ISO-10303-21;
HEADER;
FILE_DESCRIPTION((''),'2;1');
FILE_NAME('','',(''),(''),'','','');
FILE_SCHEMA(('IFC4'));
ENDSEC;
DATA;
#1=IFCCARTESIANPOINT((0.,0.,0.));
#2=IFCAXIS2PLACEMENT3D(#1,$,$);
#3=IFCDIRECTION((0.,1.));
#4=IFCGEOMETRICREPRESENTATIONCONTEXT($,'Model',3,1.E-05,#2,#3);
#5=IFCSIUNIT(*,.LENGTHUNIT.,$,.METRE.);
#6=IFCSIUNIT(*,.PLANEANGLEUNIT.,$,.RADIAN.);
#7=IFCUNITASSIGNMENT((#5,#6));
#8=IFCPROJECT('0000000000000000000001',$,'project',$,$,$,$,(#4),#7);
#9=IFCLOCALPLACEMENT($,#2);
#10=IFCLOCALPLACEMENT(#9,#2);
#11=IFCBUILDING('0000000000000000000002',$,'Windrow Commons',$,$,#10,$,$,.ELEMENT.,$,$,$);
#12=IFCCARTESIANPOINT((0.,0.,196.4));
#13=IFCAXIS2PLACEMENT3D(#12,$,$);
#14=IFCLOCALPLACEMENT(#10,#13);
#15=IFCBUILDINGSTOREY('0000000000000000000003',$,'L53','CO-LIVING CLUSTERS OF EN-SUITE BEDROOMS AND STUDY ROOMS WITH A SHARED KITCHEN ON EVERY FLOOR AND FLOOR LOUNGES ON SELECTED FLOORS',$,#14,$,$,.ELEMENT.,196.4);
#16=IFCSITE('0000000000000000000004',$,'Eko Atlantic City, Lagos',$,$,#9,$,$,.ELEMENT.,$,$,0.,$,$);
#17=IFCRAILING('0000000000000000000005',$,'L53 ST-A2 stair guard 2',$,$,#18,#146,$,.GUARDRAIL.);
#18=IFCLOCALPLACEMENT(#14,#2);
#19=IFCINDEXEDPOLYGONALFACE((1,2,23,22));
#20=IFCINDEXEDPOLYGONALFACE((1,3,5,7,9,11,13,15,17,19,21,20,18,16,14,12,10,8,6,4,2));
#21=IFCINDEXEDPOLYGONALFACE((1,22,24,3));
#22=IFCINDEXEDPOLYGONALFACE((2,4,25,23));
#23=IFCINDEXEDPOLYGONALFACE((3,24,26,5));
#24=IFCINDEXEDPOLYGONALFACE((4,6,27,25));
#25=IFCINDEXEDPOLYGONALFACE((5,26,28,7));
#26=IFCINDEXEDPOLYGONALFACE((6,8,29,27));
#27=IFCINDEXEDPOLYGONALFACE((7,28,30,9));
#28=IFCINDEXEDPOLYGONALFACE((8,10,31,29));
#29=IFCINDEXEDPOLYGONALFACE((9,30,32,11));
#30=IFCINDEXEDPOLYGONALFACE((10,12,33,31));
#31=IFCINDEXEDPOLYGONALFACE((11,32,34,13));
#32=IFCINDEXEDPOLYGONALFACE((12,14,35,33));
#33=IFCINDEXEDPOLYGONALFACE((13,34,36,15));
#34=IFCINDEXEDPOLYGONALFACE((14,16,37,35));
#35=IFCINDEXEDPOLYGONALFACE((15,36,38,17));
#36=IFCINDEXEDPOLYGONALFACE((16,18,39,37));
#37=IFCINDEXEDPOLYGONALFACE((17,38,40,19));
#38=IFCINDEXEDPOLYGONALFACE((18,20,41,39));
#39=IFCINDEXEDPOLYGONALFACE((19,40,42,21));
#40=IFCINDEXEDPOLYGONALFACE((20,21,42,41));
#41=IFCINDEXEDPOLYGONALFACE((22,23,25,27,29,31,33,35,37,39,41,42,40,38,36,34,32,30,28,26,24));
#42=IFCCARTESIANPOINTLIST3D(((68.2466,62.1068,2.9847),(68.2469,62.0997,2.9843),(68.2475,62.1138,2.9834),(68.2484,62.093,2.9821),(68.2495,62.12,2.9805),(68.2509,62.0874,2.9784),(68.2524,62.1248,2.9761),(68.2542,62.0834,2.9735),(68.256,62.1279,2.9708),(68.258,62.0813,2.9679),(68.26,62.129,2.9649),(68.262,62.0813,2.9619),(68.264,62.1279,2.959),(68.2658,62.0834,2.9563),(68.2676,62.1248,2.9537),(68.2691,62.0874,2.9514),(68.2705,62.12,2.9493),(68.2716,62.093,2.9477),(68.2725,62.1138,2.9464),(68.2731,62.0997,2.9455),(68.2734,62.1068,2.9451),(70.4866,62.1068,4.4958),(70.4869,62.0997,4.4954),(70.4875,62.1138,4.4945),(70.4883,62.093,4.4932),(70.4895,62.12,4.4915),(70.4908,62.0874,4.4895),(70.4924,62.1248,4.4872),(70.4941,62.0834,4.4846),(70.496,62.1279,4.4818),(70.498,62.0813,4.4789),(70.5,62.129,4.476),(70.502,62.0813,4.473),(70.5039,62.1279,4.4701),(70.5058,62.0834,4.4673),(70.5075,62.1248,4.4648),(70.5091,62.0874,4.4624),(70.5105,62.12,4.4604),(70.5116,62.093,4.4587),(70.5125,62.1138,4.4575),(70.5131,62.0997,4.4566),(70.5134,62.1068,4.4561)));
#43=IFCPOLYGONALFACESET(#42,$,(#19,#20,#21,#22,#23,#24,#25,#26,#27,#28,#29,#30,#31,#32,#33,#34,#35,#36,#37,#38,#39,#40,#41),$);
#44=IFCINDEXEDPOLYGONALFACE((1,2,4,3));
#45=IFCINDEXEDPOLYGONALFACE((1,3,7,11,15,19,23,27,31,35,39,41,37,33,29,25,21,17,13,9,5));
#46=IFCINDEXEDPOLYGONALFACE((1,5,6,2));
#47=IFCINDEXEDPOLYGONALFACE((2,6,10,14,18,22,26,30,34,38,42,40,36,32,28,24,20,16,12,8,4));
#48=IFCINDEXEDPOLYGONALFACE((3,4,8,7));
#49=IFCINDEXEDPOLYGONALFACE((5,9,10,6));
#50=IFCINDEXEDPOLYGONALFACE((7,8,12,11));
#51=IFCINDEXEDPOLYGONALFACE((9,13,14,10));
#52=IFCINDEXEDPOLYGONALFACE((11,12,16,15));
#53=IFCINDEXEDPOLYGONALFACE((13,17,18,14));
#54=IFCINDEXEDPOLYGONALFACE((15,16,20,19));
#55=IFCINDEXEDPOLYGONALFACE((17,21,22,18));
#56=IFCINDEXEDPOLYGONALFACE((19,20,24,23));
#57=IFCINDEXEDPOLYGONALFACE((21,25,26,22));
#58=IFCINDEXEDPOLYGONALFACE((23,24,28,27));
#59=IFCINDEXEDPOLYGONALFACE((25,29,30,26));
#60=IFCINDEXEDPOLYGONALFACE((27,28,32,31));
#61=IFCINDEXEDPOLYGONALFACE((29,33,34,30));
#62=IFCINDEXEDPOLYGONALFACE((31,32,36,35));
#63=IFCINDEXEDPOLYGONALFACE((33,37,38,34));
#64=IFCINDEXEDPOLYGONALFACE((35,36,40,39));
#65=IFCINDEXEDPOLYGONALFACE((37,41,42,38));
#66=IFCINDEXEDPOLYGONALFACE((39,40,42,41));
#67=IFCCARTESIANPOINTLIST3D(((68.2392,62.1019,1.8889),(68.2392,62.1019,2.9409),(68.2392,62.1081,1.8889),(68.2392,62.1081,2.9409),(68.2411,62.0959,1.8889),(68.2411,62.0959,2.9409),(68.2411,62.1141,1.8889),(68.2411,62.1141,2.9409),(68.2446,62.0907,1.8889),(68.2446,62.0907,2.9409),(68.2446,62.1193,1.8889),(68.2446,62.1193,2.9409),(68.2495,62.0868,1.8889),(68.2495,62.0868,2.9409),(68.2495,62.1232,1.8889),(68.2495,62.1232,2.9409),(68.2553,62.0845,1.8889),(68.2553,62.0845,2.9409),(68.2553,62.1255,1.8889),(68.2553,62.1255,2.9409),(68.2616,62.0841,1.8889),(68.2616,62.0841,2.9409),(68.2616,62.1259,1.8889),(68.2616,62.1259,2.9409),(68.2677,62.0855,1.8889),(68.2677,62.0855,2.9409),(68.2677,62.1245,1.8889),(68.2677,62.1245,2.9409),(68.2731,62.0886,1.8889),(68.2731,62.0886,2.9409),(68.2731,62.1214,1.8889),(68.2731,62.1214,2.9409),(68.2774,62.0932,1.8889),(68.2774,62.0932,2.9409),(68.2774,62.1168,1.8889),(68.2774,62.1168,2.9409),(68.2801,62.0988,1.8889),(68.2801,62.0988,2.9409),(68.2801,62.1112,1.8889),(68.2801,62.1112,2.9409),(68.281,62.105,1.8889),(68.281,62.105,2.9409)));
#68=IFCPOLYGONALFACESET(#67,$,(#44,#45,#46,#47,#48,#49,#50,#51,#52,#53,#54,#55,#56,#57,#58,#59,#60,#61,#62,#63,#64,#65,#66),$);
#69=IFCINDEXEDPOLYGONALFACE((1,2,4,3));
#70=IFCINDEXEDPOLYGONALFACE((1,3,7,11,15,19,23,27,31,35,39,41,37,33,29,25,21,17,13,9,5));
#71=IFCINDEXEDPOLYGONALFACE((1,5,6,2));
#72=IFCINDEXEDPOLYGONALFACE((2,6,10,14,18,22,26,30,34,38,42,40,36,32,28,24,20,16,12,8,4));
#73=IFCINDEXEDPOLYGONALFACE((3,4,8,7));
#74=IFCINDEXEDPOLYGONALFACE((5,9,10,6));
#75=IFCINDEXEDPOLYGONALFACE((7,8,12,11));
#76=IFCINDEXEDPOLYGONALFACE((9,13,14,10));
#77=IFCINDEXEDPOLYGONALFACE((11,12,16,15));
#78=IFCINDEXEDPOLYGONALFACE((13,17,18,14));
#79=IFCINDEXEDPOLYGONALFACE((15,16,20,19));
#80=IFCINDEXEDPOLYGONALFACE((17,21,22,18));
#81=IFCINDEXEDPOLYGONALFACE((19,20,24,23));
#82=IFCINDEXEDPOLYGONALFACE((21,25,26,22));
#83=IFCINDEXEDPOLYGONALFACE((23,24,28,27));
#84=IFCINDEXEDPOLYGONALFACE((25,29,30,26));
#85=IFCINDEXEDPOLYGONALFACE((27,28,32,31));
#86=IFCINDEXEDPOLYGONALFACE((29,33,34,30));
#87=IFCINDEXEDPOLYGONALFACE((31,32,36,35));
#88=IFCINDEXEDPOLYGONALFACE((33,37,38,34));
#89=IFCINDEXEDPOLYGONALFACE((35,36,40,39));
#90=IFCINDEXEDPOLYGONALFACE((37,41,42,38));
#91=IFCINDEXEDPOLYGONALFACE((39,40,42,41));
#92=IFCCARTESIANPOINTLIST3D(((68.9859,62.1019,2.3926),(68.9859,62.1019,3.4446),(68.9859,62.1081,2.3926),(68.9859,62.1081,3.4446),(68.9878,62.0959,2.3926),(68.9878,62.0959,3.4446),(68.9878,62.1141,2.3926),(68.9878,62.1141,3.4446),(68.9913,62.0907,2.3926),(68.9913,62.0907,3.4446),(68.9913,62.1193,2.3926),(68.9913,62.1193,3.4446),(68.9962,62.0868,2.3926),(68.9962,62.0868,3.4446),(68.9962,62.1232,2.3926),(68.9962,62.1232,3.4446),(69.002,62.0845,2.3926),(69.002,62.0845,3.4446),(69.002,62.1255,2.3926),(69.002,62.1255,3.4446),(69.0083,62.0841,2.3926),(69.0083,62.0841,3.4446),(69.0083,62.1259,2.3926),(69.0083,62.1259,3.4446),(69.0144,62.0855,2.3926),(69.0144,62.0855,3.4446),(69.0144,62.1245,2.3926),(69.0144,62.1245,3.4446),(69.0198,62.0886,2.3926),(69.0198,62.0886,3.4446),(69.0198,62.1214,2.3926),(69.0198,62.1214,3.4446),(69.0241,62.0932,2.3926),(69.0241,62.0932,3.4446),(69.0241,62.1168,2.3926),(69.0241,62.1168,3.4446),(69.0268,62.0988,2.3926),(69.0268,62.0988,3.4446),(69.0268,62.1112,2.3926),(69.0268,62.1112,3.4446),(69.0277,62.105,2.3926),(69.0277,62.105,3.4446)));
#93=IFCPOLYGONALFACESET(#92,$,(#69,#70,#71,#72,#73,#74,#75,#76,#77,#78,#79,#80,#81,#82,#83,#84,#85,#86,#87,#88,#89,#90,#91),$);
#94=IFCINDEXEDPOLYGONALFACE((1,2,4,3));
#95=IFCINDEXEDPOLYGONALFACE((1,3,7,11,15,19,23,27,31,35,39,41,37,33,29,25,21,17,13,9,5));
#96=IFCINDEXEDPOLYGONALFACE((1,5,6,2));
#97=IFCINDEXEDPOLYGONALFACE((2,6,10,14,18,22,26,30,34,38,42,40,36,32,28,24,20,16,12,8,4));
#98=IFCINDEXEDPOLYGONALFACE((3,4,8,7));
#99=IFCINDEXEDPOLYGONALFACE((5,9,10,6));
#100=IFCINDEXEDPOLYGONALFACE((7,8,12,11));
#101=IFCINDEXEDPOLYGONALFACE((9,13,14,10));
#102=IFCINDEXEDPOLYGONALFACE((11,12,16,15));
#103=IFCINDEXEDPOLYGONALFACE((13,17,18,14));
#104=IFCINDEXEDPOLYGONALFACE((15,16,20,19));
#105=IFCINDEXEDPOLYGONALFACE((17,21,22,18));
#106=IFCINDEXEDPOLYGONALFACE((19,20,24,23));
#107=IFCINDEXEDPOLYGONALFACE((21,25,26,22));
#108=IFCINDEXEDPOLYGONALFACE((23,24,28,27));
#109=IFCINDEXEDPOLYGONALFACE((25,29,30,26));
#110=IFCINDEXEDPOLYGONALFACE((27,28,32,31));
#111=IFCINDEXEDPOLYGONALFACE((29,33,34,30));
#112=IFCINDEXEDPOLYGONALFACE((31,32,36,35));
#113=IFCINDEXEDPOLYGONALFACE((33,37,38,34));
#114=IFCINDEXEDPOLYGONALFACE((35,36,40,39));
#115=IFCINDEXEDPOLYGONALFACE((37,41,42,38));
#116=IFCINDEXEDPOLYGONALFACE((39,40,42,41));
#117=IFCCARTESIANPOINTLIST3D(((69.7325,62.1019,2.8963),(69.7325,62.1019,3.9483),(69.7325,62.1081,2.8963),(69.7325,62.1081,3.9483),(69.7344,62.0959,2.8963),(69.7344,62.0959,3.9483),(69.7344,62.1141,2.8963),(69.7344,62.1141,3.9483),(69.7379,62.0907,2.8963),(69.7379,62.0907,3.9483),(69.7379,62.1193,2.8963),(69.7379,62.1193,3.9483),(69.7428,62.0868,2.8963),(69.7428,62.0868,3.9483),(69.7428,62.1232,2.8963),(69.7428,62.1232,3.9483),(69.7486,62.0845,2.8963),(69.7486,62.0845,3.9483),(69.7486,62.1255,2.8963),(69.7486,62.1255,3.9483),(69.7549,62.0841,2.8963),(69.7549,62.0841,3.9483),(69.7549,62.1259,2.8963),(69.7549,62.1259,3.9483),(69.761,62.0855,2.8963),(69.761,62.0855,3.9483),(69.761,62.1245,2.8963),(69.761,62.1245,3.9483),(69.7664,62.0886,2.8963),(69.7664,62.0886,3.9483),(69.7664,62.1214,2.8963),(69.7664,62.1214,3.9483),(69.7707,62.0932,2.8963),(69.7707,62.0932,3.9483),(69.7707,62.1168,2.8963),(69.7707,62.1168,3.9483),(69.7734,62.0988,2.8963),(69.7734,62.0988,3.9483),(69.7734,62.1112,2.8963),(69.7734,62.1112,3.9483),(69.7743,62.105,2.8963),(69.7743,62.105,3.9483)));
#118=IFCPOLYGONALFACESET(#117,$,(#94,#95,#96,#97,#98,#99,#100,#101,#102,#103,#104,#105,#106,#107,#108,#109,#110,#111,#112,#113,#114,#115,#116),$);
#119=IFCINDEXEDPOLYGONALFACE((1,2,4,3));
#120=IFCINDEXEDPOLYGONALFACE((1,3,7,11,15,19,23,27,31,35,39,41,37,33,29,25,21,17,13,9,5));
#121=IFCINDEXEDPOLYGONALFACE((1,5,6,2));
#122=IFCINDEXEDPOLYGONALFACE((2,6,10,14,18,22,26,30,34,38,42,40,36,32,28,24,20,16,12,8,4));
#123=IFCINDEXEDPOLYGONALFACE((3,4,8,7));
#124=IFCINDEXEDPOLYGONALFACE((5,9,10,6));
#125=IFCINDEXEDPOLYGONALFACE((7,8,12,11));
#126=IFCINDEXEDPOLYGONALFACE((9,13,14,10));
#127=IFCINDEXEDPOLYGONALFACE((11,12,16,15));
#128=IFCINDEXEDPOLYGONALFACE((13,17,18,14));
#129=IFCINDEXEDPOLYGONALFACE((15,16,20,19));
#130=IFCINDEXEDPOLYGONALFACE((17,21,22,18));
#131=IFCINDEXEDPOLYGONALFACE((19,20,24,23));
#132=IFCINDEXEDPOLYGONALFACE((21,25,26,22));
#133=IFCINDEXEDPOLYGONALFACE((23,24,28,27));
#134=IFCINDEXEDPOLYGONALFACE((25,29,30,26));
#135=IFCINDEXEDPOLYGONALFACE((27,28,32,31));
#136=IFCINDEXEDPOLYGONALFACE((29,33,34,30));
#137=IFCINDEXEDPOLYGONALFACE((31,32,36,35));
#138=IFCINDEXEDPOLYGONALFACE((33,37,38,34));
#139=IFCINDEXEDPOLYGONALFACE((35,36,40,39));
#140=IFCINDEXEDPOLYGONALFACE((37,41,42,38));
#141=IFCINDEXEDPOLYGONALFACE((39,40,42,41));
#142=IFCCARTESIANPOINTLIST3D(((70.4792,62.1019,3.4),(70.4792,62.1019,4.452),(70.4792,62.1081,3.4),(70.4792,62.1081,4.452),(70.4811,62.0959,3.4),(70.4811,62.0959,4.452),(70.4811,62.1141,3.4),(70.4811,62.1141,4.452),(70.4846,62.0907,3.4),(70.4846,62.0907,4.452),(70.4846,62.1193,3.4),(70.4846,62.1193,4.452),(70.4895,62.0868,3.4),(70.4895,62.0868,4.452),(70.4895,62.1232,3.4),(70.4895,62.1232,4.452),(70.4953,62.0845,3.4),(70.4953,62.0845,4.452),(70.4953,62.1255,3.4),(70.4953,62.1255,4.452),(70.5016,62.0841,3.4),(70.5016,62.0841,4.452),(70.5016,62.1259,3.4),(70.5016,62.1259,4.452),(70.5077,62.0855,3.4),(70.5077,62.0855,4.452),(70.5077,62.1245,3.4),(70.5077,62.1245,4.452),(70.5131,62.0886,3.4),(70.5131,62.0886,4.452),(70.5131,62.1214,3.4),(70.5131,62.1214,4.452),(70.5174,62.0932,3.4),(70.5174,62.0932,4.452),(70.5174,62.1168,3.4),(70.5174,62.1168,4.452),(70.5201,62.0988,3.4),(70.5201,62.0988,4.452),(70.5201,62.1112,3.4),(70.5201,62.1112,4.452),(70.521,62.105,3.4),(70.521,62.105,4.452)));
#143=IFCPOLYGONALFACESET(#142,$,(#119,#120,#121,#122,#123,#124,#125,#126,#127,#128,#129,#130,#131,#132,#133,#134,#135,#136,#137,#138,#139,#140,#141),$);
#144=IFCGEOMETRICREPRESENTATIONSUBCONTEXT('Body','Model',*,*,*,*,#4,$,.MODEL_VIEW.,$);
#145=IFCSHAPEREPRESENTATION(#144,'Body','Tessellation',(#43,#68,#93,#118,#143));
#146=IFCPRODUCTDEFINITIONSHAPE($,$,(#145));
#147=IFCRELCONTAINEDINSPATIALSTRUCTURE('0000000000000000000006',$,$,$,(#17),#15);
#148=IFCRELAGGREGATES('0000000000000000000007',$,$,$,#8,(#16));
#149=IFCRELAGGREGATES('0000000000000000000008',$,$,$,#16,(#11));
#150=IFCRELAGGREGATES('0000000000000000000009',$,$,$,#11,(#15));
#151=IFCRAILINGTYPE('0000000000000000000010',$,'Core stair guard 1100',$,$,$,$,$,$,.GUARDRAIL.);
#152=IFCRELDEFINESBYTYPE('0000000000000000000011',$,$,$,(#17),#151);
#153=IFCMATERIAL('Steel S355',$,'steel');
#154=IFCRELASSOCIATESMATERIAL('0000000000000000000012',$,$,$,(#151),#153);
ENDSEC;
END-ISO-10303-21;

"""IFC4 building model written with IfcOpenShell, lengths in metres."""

from ifc_helpers import new_model, si_unit, direction, frame, origin, origin_2d, place, context, subcontext, project, spatial, circle, extrude, material, type_object, element, save


model = new_model("IFC4")

# Units and contexts
model_context = context("Model", 3, precision=1e-05, world=origin(), true_north=direction((0.0, 1.0)))
body_context = subcontext(model_context, "Body", "Model", "MODEL_VIEW")
ifc_project = project(units=[si_unit("LENGTHUNIT", "METRE"), si_unit("PLANEANGLEUNIT", "RADIAN")], contexts=[model_context])

# Site, building, storey
site_placement = place(None, origin())
site = spatial("IfcSite", under=ifc_project, at=site_placement, Name="Eko Atlantic City, Lagos", CompositionType="ELEMENT", RefElevation=0.0)
building_placement = place(site_placement, origin())
building = spatial("IfcBuilding", under=site, at=building_placement, Name="Windrow Commons", CompositionType="ELEMENT")
storey_placement = place(building_placement, frame((0.0, 0.0, 196.4)))
storey = spatial("IfcBuildingStorey", under=building, at=storey_placement, Name="L53", Description="CO-LIVING CLUSTERS OF EN-SUITE BEDROOMS AND STUDY ROOMS WITH A SHARED KITCHEN ON EVERY FLOOR AND FLOOR LOUNGES ON SELECTED FLOORS", CompositionType="ELEMENT", Elevation=196.4)

# Railing
ifc_material_1 = material(Name="Steel S355", Category="steel")
railing_type_1 = type_object("IfcRailingType", Name="Core stair guard 1100", PredefinedType="GUARDRAIL", material=ifc_material_1)
railing_1_placement = place(storey_placement, frame((68.26, 62.105, 1.8889)))
element("IfcRailing", 1, at=railing_1_placement, inside=storey, type_object=railing_type_1, Name="L53 ST-A2 stair guard 2", PredefinedType="GUARDRAIL", context=body_context, shape_type="SweptSolid", body=[
    extrude(circle(Radius=0.024, at=origin_2d()), frame((0.0, 0.0, 1.076), z_axis=(0.829003, 0.0, 0.559244), x_axis=(0.0, 1.0, 0.0)), (0.0, 0.0, 1.0), 2.702),
    extrude(circle(Radius=0.021, at=origin_2d()), origin(), (0.0, 0.0, 1.0), 1.052),
    extrude(circle(Radius=0.021, at=origin_2d()), frame((0.7467, 0.0, 0.5037)), (0.0, 0.0, 1.0), 1.052),
    extrude(circle(Radius=0.021, at=origin_2d()), frame((1.4933, 0.0, 1.0074)), (0.0, 0.0, 1.0), 1.052),
    extrude(circle(Radius=0.021, at=origin_2d()), frame((2.24, 0.0, 1.5111)), (0.0, 0.0, 1.0), 1.052),
])

save(model, "model.ifc")
